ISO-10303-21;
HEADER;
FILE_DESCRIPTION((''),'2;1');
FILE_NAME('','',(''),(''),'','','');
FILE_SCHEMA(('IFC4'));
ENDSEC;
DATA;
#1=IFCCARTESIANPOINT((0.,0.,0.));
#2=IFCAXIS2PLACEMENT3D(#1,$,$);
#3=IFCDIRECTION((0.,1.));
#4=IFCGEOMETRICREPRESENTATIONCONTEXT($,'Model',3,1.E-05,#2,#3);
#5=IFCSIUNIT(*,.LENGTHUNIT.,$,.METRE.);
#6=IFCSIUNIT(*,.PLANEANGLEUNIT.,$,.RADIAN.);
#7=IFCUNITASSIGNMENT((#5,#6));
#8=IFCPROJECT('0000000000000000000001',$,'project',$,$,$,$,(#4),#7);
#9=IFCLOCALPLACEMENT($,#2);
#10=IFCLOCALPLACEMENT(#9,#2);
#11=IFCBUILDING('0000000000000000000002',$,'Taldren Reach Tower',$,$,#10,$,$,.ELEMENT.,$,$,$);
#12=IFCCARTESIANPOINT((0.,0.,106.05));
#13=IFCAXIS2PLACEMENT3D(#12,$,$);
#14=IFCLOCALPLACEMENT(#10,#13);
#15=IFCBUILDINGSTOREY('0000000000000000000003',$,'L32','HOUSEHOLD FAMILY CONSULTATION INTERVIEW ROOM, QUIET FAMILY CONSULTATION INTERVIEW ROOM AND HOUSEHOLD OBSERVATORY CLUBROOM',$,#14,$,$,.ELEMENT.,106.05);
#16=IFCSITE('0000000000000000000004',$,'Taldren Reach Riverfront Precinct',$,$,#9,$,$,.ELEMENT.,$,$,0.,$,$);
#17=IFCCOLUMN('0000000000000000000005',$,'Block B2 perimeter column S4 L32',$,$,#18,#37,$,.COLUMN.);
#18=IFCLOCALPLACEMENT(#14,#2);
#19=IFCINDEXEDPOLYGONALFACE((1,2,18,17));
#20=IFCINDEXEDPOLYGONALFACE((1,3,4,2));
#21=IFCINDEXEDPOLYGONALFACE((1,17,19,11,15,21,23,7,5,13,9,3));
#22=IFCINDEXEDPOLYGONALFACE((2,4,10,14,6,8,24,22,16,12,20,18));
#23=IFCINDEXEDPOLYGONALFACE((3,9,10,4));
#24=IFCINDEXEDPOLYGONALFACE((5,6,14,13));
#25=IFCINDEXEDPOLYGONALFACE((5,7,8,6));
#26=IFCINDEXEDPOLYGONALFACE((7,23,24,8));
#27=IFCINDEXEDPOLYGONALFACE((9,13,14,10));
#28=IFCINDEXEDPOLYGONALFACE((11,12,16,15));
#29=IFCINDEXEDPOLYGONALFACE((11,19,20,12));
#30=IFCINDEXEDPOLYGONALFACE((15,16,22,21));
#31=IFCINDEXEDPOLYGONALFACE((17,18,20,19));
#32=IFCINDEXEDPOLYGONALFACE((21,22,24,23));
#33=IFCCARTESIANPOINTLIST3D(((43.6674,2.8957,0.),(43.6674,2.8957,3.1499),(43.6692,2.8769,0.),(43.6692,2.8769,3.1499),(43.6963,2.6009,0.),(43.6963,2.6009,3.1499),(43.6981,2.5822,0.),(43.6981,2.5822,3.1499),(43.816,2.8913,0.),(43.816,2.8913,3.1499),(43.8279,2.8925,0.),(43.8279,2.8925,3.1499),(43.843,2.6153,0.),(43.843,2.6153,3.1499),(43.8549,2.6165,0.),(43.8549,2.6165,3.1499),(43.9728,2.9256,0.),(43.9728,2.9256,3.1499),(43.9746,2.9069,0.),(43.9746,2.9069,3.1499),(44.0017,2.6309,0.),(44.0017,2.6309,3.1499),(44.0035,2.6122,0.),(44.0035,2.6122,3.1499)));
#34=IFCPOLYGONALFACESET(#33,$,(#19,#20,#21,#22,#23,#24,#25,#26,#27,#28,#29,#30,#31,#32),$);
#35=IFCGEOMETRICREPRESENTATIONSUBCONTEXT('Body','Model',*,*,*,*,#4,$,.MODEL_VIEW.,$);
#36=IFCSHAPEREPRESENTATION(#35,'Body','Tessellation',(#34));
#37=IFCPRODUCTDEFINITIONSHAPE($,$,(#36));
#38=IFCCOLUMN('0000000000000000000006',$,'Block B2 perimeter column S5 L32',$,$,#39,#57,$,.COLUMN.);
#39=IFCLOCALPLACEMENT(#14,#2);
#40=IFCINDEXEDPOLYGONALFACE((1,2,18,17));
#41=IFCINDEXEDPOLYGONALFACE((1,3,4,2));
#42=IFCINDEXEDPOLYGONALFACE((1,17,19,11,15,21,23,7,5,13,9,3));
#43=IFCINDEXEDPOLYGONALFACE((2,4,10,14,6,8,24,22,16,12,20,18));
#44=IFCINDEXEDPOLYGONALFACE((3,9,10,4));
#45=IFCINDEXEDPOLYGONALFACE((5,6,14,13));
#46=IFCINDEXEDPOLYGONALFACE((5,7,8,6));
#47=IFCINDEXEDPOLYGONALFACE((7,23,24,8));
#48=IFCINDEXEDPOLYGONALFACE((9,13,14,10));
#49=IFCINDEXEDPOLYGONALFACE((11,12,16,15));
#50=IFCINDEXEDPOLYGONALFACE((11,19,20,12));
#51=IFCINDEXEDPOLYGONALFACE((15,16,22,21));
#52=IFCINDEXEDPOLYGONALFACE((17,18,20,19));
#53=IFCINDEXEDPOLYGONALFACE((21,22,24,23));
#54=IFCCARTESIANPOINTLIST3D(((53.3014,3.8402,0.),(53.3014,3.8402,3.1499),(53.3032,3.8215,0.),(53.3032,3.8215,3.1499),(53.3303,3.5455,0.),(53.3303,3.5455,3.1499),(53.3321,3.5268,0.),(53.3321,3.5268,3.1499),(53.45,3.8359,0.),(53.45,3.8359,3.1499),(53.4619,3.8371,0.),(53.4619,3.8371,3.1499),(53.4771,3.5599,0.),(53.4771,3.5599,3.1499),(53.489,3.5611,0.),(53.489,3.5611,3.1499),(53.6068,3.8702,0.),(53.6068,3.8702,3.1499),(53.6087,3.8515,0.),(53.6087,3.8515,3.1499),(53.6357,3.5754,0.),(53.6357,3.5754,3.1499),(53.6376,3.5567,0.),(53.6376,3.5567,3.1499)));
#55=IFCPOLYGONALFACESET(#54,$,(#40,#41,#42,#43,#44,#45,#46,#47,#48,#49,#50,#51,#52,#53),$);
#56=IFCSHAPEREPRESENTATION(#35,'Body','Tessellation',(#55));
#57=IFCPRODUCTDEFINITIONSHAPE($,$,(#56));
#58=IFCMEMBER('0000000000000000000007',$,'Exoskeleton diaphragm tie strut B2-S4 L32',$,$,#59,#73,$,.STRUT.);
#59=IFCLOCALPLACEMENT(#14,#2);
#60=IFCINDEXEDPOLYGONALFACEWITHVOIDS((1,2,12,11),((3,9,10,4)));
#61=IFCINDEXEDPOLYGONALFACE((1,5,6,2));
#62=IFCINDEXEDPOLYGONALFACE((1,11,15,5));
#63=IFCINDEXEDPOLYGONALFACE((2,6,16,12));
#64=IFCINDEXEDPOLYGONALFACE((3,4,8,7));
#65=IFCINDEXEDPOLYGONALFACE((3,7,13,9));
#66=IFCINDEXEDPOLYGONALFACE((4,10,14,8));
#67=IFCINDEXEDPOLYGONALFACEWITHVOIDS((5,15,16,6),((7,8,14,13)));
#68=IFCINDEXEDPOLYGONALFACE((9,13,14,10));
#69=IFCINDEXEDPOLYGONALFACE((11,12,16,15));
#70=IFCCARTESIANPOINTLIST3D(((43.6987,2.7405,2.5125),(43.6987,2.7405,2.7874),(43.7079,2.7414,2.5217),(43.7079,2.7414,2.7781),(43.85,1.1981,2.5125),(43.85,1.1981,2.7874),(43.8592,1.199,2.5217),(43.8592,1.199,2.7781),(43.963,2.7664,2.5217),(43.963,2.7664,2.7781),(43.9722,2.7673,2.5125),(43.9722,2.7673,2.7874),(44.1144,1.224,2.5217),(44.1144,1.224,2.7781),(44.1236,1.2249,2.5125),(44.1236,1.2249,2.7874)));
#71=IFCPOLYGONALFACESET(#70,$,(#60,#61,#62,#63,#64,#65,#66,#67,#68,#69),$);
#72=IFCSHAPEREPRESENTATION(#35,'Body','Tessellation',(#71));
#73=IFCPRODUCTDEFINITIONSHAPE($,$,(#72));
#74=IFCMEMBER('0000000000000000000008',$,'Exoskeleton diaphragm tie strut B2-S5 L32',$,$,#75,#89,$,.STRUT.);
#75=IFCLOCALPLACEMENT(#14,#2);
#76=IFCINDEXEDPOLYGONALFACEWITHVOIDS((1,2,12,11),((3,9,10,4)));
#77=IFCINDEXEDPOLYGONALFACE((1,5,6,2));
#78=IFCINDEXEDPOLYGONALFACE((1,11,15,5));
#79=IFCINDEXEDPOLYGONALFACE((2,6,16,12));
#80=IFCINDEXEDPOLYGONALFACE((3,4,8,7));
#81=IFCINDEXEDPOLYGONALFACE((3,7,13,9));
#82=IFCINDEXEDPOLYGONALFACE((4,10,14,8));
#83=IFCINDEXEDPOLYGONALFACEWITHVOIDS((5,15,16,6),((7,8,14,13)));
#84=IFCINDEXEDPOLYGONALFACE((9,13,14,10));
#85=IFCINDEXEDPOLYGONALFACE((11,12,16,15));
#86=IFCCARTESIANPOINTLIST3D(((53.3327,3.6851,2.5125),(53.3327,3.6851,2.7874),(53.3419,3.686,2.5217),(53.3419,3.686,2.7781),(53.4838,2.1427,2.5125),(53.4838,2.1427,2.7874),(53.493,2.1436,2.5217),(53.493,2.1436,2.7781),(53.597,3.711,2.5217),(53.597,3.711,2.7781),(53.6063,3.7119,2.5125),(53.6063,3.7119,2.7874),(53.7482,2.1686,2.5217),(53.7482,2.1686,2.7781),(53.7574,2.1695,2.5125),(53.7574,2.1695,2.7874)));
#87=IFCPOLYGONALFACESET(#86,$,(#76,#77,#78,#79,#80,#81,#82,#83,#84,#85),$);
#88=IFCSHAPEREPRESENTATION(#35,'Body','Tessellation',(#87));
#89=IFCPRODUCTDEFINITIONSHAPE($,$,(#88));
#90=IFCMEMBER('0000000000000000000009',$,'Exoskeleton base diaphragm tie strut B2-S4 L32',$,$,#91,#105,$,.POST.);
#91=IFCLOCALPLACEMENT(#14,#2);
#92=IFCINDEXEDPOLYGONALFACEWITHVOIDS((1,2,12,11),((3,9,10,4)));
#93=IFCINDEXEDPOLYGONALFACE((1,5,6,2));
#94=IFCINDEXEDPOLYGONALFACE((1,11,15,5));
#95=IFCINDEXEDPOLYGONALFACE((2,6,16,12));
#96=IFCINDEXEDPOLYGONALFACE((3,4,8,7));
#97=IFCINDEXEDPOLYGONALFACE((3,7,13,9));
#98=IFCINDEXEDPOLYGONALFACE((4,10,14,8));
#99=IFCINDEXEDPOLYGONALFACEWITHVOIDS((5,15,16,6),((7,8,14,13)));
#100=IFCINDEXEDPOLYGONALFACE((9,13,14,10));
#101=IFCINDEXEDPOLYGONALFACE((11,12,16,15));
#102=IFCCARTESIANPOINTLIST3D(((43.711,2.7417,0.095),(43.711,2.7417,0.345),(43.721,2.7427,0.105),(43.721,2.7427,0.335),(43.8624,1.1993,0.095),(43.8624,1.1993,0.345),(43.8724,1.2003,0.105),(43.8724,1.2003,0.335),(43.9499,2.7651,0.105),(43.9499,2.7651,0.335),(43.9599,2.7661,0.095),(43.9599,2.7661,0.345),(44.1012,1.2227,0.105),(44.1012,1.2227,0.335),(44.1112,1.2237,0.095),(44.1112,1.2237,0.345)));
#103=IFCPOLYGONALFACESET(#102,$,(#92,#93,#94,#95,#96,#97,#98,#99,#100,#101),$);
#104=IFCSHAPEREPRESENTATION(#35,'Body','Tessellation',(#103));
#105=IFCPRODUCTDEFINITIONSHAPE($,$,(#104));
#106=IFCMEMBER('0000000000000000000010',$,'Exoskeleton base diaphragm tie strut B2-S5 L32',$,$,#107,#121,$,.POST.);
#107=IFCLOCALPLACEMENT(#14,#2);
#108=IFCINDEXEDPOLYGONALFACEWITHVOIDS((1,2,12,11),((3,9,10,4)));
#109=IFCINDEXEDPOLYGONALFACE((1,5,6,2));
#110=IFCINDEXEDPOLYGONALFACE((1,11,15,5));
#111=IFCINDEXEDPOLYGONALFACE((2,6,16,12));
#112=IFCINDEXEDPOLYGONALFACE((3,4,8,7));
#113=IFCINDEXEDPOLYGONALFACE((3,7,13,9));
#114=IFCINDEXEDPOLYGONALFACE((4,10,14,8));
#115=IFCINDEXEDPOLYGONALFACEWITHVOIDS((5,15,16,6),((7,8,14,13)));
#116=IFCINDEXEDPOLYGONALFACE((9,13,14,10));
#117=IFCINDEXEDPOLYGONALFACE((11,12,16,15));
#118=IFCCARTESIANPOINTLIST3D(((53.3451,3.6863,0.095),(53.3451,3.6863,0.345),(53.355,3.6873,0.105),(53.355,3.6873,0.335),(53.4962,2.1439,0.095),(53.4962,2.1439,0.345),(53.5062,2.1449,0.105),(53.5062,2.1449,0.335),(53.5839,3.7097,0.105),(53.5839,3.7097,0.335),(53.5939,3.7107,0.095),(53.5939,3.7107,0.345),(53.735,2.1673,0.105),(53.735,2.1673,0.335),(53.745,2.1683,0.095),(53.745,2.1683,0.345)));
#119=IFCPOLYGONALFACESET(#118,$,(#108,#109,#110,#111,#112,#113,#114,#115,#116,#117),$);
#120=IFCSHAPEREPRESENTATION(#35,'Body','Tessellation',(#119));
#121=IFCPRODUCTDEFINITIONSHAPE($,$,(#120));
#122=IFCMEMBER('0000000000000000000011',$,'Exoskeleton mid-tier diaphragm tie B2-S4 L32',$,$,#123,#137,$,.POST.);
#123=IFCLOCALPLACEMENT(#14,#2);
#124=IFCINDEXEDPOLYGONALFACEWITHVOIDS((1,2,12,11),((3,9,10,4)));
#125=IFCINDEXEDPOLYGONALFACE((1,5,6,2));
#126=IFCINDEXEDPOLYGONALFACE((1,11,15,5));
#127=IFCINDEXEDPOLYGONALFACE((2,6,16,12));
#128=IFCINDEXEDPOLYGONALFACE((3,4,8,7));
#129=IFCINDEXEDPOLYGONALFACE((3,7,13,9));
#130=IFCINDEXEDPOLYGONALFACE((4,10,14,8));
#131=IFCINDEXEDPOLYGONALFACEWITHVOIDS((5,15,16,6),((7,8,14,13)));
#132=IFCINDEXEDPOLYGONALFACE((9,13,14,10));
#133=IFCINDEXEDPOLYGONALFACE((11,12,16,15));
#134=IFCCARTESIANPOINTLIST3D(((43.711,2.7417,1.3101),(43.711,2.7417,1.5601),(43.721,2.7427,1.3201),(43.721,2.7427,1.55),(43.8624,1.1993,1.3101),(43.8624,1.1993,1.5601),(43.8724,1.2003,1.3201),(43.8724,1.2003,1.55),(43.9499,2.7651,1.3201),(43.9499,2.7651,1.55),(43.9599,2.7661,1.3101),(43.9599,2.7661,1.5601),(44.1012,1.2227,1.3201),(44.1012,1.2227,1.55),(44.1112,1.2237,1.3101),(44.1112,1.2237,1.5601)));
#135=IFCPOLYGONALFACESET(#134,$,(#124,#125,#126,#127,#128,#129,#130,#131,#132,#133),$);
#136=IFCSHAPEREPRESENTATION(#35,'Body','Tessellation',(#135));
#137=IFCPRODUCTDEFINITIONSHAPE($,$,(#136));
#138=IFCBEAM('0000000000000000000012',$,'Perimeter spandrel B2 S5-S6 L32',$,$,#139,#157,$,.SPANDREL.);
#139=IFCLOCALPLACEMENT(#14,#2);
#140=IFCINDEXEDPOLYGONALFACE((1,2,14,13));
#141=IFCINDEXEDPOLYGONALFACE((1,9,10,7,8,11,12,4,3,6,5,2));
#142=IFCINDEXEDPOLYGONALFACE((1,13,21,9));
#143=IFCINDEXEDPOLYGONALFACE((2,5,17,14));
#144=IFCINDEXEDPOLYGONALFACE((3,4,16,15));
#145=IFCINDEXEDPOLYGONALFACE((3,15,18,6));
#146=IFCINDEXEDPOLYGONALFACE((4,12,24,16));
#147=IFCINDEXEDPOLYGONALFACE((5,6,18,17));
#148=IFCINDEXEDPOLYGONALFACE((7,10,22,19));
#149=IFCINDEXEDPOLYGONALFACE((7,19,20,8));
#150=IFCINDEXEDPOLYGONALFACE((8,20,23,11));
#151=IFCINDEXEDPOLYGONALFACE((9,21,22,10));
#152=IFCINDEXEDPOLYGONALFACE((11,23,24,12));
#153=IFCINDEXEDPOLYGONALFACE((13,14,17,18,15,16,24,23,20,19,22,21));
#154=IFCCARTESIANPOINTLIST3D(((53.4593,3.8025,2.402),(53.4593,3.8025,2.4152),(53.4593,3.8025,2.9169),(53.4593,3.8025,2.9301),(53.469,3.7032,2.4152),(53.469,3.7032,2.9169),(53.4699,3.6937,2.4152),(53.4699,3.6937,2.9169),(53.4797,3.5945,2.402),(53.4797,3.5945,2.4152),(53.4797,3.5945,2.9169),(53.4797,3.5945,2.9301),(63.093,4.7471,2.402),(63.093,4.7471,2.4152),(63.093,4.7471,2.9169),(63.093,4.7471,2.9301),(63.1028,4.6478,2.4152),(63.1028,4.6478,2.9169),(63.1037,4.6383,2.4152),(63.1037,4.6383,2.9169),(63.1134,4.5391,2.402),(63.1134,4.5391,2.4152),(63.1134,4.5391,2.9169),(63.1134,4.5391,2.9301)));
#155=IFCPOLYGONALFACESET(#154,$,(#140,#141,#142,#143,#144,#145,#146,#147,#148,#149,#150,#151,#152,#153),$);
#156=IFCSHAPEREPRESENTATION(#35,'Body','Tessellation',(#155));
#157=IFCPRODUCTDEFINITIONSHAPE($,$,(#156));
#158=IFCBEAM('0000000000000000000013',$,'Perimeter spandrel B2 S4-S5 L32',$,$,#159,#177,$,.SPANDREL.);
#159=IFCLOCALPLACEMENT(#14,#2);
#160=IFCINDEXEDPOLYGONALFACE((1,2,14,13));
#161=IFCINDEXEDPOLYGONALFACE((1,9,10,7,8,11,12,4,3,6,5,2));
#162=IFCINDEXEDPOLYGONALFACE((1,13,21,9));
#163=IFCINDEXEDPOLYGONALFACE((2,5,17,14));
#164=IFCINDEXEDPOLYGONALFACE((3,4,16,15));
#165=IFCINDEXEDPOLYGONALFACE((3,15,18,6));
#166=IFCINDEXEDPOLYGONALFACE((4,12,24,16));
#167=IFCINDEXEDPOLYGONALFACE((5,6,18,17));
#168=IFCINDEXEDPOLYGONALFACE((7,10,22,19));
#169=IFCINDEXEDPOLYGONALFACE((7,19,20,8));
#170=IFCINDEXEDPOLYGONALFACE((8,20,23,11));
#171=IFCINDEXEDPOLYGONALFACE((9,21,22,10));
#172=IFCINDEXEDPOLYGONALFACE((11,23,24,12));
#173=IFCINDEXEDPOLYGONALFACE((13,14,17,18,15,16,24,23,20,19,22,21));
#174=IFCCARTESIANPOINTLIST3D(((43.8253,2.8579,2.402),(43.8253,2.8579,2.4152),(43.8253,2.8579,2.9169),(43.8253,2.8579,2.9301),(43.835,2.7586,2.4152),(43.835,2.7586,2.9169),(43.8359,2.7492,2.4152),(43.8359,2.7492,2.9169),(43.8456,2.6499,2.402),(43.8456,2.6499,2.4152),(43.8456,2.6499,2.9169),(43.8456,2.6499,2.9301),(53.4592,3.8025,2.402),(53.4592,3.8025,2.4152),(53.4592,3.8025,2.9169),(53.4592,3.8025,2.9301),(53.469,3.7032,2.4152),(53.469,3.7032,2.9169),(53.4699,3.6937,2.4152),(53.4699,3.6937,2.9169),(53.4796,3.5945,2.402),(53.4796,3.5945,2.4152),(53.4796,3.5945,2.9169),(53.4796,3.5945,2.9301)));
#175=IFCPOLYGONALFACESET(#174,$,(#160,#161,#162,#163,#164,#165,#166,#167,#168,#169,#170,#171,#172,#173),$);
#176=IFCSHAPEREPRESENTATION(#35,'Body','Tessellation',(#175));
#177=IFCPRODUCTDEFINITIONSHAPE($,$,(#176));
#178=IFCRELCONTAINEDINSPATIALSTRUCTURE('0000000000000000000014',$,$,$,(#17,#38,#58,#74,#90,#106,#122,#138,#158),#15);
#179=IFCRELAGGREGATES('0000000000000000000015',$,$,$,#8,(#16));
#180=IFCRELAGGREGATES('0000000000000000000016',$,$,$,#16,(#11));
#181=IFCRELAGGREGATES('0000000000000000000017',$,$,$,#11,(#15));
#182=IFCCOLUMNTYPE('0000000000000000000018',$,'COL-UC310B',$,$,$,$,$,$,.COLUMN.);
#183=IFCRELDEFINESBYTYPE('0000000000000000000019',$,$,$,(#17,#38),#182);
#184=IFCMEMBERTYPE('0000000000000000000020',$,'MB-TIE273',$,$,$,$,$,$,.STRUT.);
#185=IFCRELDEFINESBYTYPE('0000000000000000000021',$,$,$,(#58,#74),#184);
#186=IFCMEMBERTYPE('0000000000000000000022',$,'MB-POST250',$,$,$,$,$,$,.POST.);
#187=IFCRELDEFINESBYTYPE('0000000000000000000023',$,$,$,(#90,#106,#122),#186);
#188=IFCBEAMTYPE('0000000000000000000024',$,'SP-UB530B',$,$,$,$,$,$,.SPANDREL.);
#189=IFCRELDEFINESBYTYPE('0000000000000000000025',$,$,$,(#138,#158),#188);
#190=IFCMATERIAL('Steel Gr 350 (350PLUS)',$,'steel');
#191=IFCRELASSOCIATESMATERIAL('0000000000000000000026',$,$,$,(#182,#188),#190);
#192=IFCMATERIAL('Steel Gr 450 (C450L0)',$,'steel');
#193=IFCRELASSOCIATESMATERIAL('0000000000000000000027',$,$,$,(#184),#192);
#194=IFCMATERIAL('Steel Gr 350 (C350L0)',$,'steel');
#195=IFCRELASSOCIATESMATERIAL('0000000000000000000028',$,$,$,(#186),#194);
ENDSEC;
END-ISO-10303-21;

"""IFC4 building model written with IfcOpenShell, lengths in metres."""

from ifc_helpers import new_model, si_unit, direction, frame, origin, origin_2d, place, context, subcontext, project, spatial, hollow_rectangle, i_section, extrude, source, transform, mapped, material, material_profile, profile_set, type_object, element, save


model = new_model("IFC4")

# Units and contexts
model_context = context("Model", 3, precision=1e-05, world=origin(), true_north=direction((0.0, 1.0)))
body_context = subcontext(model_context, "Body", "Model", "MODEL_VIEW")
ifc_project = project(units=[si_unit("LENGTHUNIT", "METRE"), si_unit("PLANEANGLEUNIT", "RADIAN")], contexts=[model_context])

# Site, building, storey
site_placement = place(None, origin())
site = spatial("IfcSite", under=ifc_project, at=site_placement, Name="Taldren Reach Riverfront Precinct", CompositionType="ELEMENT", RefElevation=0.0)
building_placement = place(site_placement, origin())
building = spatial("IfcBuilding", under=site, at=building_placement, Name="Taldren Reach Tower", CompositionType="ELEMENT")
storey_placement = place(building_placement, frame((0.0, 0.0, 106.05)))
storey = spatial("IfcBuildingStorey", under=building, at=storey_placement, Name="L32", Description="HOUSEHOLD FAMILY CONSULTATION INTERVIEW ROOM, QUIET FAMILY CONSULTATION INTERVIEW ROOM AND HOUSEHOLD OBSERVATORY CLUBROOM", CompositionType="ELEMENT", Elevation=106.05)

# Columns
ifc_material_1 = material(Name="Steel Gr 350 (350PLUS)", Category="steel")
ifc_material_profile_1 = material_profile(ifc_material_1, i_section(OverallWidth=0.3069, OverallDepth=0.3149, WebThickness=0.012, FlangeThickness=0.0188, at=origin_2d()), Name="310UC118")
ifc_profile_set_1 = profile_set([ifc_material_profile_1], Name="Steel Gr 350 (350PLUS)")
column_type = type_object("IfcColumnType", Name="COL-UC310B", PredefinedType="COLUMN", material=ifc_profile_set_1)
shared_shape_1 = source(origin(), body_context, "Body", "SweptSolid", [
    extrude(i_section(OverallWidth=0.3069, OverallDepth=0.3149, WebThickness=0.012, FlangeThickness=0.0188, at=origin_2d()), origin(), (0.0, 0.0, 1.0), 3.1499),
])
for number, where, z_axis, x_axis, name in (
    (1, (43.8354, 2.7539, 0.0), (0.0, 0.0, 1.0), (0.995227, 0.097583, 0.0), "Block B2 perimeter column S4 L32"),
    (2, (53.4695, 3.6985, 0.0), (0.0, 0.0, 1.0), (0.995227, 0.097583, 0.0), "Block B2 perimeter column S5 L32"),
):
    element("IfcColumn", number, at=place(storey_placement, frame(where, z_axis=z_axis, x_axis=x_axis)), inside=storey, type_object=column_type, Name=name, PredefinedType="COLUMN", context=body_context, shape_type="MappedRepresentation", body=[
        mapped(shared_shape_1, transform((0.0, 0.0, 0.0), scale=1.0)),
    ])

# Members
ifc_material_2 = material(Name="Steel Gr 450 (C450L0)", Category="steel")
ifc_material_profile_2 = material_profile(ifc_material_2, hollow_rectangle(XDim=0.2749, YDim=0.2749, WallThickness=0.0093, at=origin_2d()), Name="275x275x9.3SHS")
ifc_profile_set_2 = profile_set([ifc_material_profile_2], Name="Steel Gr 450 (C450L0)")
member_type_1 = type_object("IfcMemberType", Name="MB-TIE273", PredefinedType="STRUT", material=ifc_profile_set_2)
shared_shape_2 = source(origin(), body_context, "Body", "SweptSolid", [
    extrude(hollow_rectangle(XDim=0.2749, YDim=0.2749, WallThickness=0.0093, at=origin_2d()), origin(), (0.0, 0.0, 1.0), 1.5498),
])
for number, where, z_axis, x_axis, name in (
    (3, (43.8354, 2.7539, 2.6499), (0.097663, -0.99522, 0.0), (0.99522, 0.097663, 0.0), "Exoskeleton diaphragm tie strut B2-S4 L32"),
    (4, (53.4695, 3.6985, 2.6499), (0.097507, -0.995235, 0.0), (0.995235, 0.097507, 0.0), "Exoskeleton diaphragm tie strut B2-S5 L32"),
):
    element("IfcMember", number, at=place(storey_placement, frame(where, z_axis=z_axis, x_axis=x_axis)), inside=storey, type_object=member_type_1, Name=name, PredefinedType="STRUT", context=body_context, shape_type="MappedRepresentation", body=[
        mapped(shared_shape_2, transform((0.0, 0.0, 0.0), scale=1.0)),
    ])
ifc_material_3 = material(Name="Steel Gr 350 (C350L0)", Category="steel")
ifc_material_profile_3 = material_profile(ifc_material_3, hollow_rectangle(XDim=0.25, YDim=0.25, WallThickness=0.01, at=origin_2d()), Name="250x250x10.0SHS")
ifc_profile_set_3 = profile_set([ifc_material_profile_3], Name="Steel Gr 350 (C350L0)")
member_type_2 = type_object("IfcMemberType", Name="MB-POST250", PredefinedType="POST", material=ifc_profile_set_3)
shared_shape_3 = source(origin(), body_context, "Body", "SweptSolid", [
    extrude(hollow_rectangle(XDim=0.25, YDim=0.25, WallThickness=0.01, at=origin_2d()), origin(), (0.0, 0.0, 1.0), 1.5498),
])
for number, where, z_axis, x_axis, name in (
    (5, (43.8354, 2.7539, 0.22), (0.097663, -0.99522, 0.0), (0.99522, 0.097663, 0.0), "Exoskeleton base diaphragm tie strut B2-S4 L32"),
    (6, (53.4695, 3.6985, 0.22), (0.097507, -0.995235, 0.0), (0.995235, 0.097507, 0.0), "Exoskeleton base diaphragm tie strut B2-S5 L32"),
    (7, (43.8354, 2.7539, 1.4351), (0.097663, -0.99522, 0.0), (0.99522, 0.097663, 0.0), "Exoskeleton mid-tier diaphragm tie B2-S4 L32"),
):
    element("IfcMember", number, at=place(storey_placement, frame(where, z_axis=z_axis, x_axis=x_axis)), inside=storey, type_object=member_type_2, Name=name, PredefinedType="POST", context=body_context, shape_type="MappedRepresentation", body=[
        mapped(shared_shape_3, transform((0.0, 0.0, 0.0), scale=1.0)),
    ])

# Beams
ifc_material_profile_4 = material_profile(ifc_material_1, i_section(OverallWidth=0.209, OverallDepth=0.5281, WebThickness=0.0095, FlangeThickness=0.0132, at=origin_2d()), Name="530UB82.0")
ifc_profile_set_4 = profile_set([ifc_material_profile_4], Name="Steel Gr 350 (350PLUS)")
beam_type = type_object("IfcBeamType", Name="SP-UB530B", PredefinedType="SPANDREL", material=ifc_profile_set_4)
shared_shape_4 = source(origin(), body_context, "Body", "SweptSolid", [
    extrude(i_section(OverallWidth=0.209, OverallDepth=0.5281, WebThickness=0.0095, FlangeThickness=0.0132, at=origin_2d()), origin(), (0.0, 0.0, 1.0), 9.6799),
])
beam_1_placement = place(storey_placement, frame((53.4695, 3.6985, 2.666), z_axis=(0.995228, 0.097581, 0.0), x_axis=(-0.097581, 0.995228, 0.0)))
element("IfcBeam", 8, at=beam_1_placement, inside=storey, type_object=beam_type, Name="Perimeter spandrel B2 S5-S6 L32", PredefinedType="SPANDREL", context=body_context, shape_type="MappedRepresentation", body=[
    mapped(shared_shape_4, transform((0.0, 0.0, 0.0), scale=1.0)),
])
shared_shape_5 = source(origin(), body_context, "Body", "SweptSolid", [
    extrude(i_section(OverallWidth=0.209, OverallDepth=0.5281, WebThickness=0.0095, FlangeThickness=0.0132, at=origin_2d()), origin(), (0.0, 0.0, 1.0), 9.6802),
])
beam_2_placement = place(storey_placement, frame((43.8354, 2.7539, 2.666), z_axis=(0.995228, 0.097578, 0.0), x_axis=(-0.097578, 0.995228, 0.0)))
element("IfcBeam", 9, at=beam_2_placement, inside=storey, type_object=beam_type, Name="Perimeter spandrel B2 S4-S5 L32", PredefinedType="SPANDREL", context=body_context, shape_type="MappedRepresentation", body=[
    mapped(shared_shape_5, transform((0.0, 0.0, 0.0), scale=1.0)),
])

save(model, "model.ifc")
